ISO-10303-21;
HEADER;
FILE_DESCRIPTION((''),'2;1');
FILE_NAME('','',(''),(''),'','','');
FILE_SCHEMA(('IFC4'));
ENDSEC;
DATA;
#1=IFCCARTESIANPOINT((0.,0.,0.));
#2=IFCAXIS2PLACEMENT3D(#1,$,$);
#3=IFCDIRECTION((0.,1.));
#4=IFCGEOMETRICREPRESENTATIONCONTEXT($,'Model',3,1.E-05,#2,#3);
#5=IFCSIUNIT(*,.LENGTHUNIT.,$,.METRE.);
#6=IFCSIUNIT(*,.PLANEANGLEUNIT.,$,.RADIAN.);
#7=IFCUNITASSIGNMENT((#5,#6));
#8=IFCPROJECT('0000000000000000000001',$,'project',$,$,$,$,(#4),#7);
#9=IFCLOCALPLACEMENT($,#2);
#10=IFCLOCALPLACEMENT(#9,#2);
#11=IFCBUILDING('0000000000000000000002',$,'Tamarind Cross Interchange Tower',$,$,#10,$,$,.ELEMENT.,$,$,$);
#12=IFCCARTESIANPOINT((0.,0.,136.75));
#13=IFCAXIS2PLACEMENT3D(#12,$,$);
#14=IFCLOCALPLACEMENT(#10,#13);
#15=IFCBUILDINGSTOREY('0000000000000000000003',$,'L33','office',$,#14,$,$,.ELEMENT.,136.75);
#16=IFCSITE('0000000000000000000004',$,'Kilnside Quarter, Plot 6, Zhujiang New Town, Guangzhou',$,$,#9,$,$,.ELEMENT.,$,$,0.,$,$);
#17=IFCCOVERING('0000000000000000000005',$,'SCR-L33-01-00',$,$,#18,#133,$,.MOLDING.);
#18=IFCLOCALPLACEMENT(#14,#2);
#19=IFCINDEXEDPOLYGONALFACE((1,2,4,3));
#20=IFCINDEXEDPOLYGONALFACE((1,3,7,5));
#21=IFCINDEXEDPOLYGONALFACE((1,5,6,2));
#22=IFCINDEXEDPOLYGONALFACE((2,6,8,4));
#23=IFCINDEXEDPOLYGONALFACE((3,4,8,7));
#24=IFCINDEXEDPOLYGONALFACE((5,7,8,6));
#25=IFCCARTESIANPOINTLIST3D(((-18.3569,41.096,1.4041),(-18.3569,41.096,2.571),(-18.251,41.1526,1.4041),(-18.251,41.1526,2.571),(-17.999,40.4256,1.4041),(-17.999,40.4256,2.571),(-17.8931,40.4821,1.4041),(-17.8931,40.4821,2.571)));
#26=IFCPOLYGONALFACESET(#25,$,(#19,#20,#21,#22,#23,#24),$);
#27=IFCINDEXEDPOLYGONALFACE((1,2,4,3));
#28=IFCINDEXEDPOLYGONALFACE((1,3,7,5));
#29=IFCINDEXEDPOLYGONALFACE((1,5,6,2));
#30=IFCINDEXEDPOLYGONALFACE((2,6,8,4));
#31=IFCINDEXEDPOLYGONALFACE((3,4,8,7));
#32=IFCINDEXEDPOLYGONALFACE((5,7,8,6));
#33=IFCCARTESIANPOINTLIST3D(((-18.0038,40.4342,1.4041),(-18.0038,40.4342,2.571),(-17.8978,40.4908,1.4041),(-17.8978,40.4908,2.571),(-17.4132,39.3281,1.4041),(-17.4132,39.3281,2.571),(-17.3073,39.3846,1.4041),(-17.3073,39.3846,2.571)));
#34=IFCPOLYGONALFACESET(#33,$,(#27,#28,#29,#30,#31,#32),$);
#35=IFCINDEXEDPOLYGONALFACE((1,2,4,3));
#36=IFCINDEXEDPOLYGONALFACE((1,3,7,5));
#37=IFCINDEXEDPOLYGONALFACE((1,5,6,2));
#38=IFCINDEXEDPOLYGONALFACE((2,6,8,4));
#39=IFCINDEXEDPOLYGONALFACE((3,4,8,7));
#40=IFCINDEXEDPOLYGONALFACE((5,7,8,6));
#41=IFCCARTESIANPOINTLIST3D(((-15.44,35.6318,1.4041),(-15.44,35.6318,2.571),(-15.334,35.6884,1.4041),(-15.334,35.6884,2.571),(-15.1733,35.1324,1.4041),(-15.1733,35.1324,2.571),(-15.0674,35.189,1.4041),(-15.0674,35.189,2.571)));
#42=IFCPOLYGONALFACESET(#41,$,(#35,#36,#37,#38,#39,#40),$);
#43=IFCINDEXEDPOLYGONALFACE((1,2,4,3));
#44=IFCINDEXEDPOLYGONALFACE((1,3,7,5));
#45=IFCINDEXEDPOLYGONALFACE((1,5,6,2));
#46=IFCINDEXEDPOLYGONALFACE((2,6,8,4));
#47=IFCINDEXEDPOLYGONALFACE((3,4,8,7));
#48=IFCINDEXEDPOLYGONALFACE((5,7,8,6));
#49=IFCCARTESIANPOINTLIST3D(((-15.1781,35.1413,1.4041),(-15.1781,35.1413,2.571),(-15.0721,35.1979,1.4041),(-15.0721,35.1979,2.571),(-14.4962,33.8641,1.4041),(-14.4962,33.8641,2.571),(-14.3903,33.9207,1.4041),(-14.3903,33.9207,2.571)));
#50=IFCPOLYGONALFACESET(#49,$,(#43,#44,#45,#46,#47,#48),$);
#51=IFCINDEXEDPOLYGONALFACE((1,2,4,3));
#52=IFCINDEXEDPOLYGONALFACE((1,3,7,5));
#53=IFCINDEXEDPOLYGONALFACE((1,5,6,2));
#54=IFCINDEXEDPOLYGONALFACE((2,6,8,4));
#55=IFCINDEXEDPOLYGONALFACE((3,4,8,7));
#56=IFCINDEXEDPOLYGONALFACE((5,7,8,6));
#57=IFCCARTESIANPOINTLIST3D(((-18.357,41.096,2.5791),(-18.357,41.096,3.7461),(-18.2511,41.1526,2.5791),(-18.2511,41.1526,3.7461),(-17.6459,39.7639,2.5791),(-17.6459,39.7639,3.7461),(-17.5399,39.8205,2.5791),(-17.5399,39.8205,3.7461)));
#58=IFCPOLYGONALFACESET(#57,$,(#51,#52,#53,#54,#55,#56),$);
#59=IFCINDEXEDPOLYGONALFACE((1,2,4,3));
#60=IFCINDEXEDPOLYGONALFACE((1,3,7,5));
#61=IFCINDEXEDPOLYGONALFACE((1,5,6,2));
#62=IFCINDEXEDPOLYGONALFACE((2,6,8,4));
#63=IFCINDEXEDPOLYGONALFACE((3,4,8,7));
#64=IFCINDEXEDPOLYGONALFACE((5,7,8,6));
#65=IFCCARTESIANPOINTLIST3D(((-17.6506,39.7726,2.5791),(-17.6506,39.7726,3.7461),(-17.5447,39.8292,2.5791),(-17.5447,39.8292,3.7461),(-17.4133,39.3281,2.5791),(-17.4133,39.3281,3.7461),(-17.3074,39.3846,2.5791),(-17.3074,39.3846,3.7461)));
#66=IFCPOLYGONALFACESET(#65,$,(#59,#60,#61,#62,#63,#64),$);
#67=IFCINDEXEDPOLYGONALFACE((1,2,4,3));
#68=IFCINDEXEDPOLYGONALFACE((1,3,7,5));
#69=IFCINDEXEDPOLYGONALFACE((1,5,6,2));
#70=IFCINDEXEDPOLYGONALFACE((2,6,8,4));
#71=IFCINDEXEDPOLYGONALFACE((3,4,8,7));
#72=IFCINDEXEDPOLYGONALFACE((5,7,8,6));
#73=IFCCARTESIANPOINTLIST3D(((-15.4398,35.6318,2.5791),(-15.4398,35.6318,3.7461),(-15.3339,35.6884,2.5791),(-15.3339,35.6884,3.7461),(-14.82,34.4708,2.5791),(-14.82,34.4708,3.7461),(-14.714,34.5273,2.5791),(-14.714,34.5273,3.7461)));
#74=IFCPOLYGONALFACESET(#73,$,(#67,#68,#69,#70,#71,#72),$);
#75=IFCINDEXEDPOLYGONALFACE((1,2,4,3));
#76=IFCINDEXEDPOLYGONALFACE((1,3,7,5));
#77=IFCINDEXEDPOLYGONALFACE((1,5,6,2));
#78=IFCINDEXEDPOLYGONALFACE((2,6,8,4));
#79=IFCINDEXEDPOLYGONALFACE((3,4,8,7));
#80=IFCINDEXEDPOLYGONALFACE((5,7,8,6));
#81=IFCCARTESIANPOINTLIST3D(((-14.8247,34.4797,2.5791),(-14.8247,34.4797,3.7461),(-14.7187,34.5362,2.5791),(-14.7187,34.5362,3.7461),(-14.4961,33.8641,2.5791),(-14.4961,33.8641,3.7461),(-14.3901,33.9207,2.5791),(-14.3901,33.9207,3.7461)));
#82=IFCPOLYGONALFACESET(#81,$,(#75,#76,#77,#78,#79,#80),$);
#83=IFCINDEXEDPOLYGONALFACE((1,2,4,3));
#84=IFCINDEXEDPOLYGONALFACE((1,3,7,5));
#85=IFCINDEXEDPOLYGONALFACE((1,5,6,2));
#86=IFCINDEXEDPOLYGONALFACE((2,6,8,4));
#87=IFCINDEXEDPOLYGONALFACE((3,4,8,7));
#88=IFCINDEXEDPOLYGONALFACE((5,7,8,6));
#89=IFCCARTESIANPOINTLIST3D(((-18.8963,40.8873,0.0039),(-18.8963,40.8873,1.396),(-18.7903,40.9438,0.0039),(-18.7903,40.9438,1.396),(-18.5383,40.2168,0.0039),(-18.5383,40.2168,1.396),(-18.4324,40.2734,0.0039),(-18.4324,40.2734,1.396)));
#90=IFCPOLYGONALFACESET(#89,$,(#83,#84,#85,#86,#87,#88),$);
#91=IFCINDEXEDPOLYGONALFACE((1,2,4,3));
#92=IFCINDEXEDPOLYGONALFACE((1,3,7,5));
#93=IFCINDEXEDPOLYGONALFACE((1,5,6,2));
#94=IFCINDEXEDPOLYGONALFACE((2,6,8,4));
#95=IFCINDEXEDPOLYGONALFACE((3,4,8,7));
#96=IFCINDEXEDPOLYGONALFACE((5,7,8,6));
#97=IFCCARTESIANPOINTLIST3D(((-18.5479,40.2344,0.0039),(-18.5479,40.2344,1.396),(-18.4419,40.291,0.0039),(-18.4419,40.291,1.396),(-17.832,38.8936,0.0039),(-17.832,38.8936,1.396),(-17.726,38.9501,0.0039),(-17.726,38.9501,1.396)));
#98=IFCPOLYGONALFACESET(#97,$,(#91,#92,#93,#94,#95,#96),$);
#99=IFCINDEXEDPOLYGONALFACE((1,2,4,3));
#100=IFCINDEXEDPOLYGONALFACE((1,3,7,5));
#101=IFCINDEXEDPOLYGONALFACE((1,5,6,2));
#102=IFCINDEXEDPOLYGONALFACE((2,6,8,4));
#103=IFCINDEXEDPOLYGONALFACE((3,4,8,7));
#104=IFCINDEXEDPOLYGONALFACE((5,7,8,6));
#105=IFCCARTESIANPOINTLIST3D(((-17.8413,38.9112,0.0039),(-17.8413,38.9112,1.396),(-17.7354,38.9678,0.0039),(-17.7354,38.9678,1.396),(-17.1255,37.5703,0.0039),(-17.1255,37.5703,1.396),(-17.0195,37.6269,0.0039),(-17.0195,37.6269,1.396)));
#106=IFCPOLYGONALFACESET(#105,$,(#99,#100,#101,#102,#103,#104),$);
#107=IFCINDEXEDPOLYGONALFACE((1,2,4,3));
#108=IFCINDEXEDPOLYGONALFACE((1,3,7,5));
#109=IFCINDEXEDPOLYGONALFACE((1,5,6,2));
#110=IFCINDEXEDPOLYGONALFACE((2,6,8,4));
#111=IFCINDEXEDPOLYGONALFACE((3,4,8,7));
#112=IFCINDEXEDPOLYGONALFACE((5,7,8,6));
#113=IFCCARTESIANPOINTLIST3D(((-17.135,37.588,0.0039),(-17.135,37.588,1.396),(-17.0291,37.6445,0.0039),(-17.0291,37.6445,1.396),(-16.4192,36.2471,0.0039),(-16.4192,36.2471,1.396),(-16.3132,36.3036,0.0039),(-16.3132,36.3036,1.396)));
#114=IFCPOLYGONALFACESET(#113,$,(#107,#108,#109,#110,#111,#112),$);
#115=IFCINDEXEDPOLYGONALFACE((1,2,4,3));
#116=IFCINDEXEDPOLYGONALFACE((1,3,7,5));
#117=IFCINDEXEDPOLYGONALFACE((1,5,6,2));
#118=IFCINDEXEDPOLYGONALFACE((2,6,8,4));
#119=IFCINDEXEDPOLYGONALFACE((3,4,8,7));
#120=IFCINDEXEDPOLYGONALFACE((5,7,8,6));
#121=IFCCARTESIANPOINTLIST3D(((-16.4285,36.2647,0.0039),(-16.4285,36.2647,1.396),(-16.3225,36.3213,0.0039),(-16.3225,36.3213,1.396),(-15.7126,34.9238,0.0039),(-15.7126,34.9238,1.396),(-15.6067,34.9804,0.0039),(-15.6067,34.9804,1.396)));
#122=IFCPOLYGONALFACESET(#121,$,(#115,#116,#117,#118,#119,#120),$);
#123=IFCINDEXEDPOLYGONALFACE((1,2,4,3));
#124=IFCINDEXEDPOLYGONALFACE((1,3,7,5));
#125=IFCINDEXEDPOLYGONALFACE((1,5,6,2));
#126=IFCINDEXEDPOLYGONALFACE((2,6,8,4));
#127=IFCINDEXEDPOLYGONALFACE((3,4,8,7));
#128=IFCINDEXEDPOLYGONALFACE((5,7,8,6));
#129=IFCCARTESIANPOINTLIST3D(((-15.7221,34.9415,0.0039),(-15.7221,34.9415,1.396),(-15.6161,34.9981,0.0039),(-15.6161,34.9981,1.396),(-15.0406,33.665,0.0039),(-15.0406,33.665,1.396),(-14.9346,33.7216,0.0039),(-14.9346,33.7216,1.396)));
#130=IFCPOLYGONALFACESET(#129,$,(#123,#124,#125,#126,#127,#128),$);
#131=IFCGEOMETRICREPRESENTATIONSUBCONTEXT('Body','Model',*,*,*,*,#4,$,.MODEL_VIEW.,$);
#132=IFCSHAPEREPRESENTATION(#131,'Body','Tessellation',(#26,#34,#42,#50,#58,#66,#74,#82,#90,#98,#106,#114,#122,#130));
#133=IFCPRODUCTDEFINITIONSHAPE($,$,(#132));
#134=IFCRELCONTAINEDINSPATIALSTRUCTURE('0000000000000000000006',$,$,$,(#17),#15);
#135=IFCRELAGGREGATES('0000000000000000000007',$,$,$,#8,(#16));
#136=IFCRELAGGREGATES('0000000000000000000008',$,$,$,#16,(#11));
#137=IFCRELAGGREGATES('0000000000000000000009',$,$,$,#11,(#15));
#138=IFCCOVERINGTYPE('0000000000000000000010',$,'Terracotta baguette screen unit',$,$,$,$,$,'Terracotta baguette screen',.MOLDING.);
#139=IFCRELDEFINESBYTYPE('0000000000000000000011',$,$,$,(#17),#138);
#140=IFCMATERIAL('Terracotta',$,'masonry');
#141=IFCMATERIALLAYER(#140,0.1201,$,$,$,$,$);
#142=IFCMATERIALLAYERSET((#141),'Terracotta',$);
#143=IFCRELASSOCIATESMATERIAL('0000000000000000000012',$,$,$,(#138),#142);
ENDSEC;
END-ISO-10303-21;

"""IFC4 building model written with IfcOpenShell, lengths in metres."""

from ifc_helpers import new_model, si_unit, direction, frame, origin, origin_2d, place, context, subcontext, project, spatial, rectangle, extrude, material, layer, layer_set, type_object, element, save


model = new_model("IFC4")

# Units and contexts
model_context = context("Model", 3, precision=1e-05, world=origin(), true_north=direction((0.0, 1.0)))
body_context = subcontext(model_context, "Body", "Model", "MODEL_VIEW")
ifc_project = project(units=[si_unit("LENGTHUNIT", "METRE"), si_unit("PLANEANGLEUNIT", "RADIAN")], contexts=[model_context])

# Site, building, storey
site_placement = place(None, origin())
site = spatial("IfcSite", under=ifc_project, at=site_placement, Name="Kilnside Quarter, Plot 6, Zhujiang New Town, Guangzhou", CompositionType="ELEMENT", RefElevation=0.0)
building_placement = place(site_placement, origin())
building = spatial("IfcBuilding", under=site, at=building_placement, Name="Tamarind Cross Interchange Tower", CompositionType="ELEMENT")
storey_placement = place(building_placement, frame((0.0, 0.0, 136.75)))
storey = spatial("IfcBuildingStorey", under=building, at=storey_placement, Name="L33", Description="office", CompositionType="ELEMENT", Elevation=136.75)

# Covering
ifc_material_1 = material(Name="Terracotta", Category="masonry")
ifc_layer_1 = layer(ifc_material_1, 0.1201)
ifc_layer_set_1 = layer_set([ifc_layer_1], Name="Terracotta")
covering_type = type_object("IfcCoveringType", Name="Terracotta baguette screen unit", ElementType="Terracotta baguette screen", PredefinedType="MOLDING", material=ifc_layer_set_1)
covering_1_placement = place(storey_placement, origin())
element("IfcCovering", 1, at=covering_1_placement, inside=storey, type_object=covering_type, Name="SCR-L33-01-00", PredefinedType="MOLDING", context=body_context, shape_type="SweptSolid", body=[
    extrude(rectangle(XDim=0.76, YDim=0.1201, at=origin_2d()), frame((-18.125, 40.7891, 1.4041), z_axis=(0.0, 0.0, 1.0), x_axis=(0.470959, -0.882155, 0.0)), (0.0, 0.0, 1.0), 1.167),
    extrude(rectangle(XDim=1.2539, YDim=0.1201, at=origin_2d()), frame((-17.6555, 39.9094, 1.4041), z_axis=(0.0, 0.0, 1.0), x_axis=(0.470959, -0.882155, 0.0)), (0.0, 0.0, 1.0), 1.167),
    extrude(rectangle(XDim=0.5662, YDim=0.1201, at=origin_2d()), frame((-15.2537, 35.4104, 1.4041), z_axis=(0.0, 0.0, 1.0), x_axis=(0.470959, -0.882155, 0.0)), (0.0, 0.0, 1.0), 1.167),
    extrude(rectangle(XDim=1.4478, YDim=0.1201, at=origin_2d()), frame((-14.7842, 34.531, 1.4041), z_axis=(0.0, 0.0, 1.0), x_axis=(0.470959, -0.882155, 0.0)), (0.0, 0.0, 1.0), 1.167),
    extrude(rectangle(XDim=1.51, YDim=0.1201, at=origin_2d()), frame((-17.9485, 40.4583, 2.5791), z_axis=(0.0, 0.0, 1.0), x_axis=(0.470959, -0.882155, 0.0)), (0.0, 0.0, 1.0), 1.167),
    extrude(rectangle(XDim=0.5039, YDim=0.1201, at=origin_2d()), frame((-17.479, 39.5786, 2.5791), z_axis=(0.0, 0.0, 1.0), x_axis=(0.470959, -0.882155, 0.0)), (0.0, 0.0, 1.0), 1.167),
    extrude(rectangle(XDim=1.3162, YDim=0.1201, at=origin_2d()), frame((-15.0769, 35.0796, 2.5791), z_axis=(0.0, 0.0, 1.0), x_axis=(0.470959, -0.882155, 0.0)), (0.0, 0.0, 1.0), 1.167),
    extrude(rectangle(XDim=0.6978, YDim=0.1201, at=origin_2d()), frame((-14.6074, 34.2002, 2.5791), z_axis=(0.0, 0.0, 1.0), x_axis=(0.470959, -0.882155, 0.0)), (0.0, 0.0, 1.0), 1.167),
    extrude(rectangle(XDim=0.76, YDim=0.1201, at=origin_2d()), frame((-18.6643, 40.5803, 0.0039), z_axis=(0.0, 0.0, 1.0), x_axis=(0.470959, -0.882155, 0.0)), (0.0, 0.0, 1.0), 1.3921),
    extrude(rectangle(XDim=1.52, YDim=0.1201, at=origin_2d()), frame((-18.137, 39.5923, 0.0039), z_axis=(0.0, 0.0, 1.0), x_axis=(0.470959, -0.882155, 0.0)), (0.0, 0.0, 1.0), 1.3921),
    extrude(rectangle(XDim=1.52, YDim=0.1201, at=origin_2d()), frame((-17.4304, 38.269, 0.0039), z_axis=(0.0, 0.0, 1.0), x_axis=(0.470959, -0.882155, 0.0)), (0.0, 0.0, 1.0), 1.3921),
    extrude(rectangle(XDim=1.52, YDim=0.1201, at=origin_2d()), frame((-16.7241, 36.9458, 0.0039), z_axis=(0.0, 0.0, 1.0), x_axis=(0.470959, -0.882155, 0.0)), (0.0, 0.0, 1.0), 1.3921),
    extrude(rectangle(XDim=1.52, YDim=0.1201, at=origin_2d()), frame((-16.0176, 35.6226, 0.0039), z_axis=(0.0, 0.0, 1.0), x_axis=(0.470959, -0.882155, 0.0)), (0.0, 0.0, 1.0), 1.3921),
    extrude(rectangle(XDim=1.447, YDim=0.1201, at=origin_2d()), frame((-15.3284, 34.3315, 0.0039), z_axis=(0.0, 0.0, 1.0), x_axis=(0.470959, -0.882155, 0.0)), (0.0, 0.0, 1.0), 1.3921),
])

save(model, "model.ifc")
